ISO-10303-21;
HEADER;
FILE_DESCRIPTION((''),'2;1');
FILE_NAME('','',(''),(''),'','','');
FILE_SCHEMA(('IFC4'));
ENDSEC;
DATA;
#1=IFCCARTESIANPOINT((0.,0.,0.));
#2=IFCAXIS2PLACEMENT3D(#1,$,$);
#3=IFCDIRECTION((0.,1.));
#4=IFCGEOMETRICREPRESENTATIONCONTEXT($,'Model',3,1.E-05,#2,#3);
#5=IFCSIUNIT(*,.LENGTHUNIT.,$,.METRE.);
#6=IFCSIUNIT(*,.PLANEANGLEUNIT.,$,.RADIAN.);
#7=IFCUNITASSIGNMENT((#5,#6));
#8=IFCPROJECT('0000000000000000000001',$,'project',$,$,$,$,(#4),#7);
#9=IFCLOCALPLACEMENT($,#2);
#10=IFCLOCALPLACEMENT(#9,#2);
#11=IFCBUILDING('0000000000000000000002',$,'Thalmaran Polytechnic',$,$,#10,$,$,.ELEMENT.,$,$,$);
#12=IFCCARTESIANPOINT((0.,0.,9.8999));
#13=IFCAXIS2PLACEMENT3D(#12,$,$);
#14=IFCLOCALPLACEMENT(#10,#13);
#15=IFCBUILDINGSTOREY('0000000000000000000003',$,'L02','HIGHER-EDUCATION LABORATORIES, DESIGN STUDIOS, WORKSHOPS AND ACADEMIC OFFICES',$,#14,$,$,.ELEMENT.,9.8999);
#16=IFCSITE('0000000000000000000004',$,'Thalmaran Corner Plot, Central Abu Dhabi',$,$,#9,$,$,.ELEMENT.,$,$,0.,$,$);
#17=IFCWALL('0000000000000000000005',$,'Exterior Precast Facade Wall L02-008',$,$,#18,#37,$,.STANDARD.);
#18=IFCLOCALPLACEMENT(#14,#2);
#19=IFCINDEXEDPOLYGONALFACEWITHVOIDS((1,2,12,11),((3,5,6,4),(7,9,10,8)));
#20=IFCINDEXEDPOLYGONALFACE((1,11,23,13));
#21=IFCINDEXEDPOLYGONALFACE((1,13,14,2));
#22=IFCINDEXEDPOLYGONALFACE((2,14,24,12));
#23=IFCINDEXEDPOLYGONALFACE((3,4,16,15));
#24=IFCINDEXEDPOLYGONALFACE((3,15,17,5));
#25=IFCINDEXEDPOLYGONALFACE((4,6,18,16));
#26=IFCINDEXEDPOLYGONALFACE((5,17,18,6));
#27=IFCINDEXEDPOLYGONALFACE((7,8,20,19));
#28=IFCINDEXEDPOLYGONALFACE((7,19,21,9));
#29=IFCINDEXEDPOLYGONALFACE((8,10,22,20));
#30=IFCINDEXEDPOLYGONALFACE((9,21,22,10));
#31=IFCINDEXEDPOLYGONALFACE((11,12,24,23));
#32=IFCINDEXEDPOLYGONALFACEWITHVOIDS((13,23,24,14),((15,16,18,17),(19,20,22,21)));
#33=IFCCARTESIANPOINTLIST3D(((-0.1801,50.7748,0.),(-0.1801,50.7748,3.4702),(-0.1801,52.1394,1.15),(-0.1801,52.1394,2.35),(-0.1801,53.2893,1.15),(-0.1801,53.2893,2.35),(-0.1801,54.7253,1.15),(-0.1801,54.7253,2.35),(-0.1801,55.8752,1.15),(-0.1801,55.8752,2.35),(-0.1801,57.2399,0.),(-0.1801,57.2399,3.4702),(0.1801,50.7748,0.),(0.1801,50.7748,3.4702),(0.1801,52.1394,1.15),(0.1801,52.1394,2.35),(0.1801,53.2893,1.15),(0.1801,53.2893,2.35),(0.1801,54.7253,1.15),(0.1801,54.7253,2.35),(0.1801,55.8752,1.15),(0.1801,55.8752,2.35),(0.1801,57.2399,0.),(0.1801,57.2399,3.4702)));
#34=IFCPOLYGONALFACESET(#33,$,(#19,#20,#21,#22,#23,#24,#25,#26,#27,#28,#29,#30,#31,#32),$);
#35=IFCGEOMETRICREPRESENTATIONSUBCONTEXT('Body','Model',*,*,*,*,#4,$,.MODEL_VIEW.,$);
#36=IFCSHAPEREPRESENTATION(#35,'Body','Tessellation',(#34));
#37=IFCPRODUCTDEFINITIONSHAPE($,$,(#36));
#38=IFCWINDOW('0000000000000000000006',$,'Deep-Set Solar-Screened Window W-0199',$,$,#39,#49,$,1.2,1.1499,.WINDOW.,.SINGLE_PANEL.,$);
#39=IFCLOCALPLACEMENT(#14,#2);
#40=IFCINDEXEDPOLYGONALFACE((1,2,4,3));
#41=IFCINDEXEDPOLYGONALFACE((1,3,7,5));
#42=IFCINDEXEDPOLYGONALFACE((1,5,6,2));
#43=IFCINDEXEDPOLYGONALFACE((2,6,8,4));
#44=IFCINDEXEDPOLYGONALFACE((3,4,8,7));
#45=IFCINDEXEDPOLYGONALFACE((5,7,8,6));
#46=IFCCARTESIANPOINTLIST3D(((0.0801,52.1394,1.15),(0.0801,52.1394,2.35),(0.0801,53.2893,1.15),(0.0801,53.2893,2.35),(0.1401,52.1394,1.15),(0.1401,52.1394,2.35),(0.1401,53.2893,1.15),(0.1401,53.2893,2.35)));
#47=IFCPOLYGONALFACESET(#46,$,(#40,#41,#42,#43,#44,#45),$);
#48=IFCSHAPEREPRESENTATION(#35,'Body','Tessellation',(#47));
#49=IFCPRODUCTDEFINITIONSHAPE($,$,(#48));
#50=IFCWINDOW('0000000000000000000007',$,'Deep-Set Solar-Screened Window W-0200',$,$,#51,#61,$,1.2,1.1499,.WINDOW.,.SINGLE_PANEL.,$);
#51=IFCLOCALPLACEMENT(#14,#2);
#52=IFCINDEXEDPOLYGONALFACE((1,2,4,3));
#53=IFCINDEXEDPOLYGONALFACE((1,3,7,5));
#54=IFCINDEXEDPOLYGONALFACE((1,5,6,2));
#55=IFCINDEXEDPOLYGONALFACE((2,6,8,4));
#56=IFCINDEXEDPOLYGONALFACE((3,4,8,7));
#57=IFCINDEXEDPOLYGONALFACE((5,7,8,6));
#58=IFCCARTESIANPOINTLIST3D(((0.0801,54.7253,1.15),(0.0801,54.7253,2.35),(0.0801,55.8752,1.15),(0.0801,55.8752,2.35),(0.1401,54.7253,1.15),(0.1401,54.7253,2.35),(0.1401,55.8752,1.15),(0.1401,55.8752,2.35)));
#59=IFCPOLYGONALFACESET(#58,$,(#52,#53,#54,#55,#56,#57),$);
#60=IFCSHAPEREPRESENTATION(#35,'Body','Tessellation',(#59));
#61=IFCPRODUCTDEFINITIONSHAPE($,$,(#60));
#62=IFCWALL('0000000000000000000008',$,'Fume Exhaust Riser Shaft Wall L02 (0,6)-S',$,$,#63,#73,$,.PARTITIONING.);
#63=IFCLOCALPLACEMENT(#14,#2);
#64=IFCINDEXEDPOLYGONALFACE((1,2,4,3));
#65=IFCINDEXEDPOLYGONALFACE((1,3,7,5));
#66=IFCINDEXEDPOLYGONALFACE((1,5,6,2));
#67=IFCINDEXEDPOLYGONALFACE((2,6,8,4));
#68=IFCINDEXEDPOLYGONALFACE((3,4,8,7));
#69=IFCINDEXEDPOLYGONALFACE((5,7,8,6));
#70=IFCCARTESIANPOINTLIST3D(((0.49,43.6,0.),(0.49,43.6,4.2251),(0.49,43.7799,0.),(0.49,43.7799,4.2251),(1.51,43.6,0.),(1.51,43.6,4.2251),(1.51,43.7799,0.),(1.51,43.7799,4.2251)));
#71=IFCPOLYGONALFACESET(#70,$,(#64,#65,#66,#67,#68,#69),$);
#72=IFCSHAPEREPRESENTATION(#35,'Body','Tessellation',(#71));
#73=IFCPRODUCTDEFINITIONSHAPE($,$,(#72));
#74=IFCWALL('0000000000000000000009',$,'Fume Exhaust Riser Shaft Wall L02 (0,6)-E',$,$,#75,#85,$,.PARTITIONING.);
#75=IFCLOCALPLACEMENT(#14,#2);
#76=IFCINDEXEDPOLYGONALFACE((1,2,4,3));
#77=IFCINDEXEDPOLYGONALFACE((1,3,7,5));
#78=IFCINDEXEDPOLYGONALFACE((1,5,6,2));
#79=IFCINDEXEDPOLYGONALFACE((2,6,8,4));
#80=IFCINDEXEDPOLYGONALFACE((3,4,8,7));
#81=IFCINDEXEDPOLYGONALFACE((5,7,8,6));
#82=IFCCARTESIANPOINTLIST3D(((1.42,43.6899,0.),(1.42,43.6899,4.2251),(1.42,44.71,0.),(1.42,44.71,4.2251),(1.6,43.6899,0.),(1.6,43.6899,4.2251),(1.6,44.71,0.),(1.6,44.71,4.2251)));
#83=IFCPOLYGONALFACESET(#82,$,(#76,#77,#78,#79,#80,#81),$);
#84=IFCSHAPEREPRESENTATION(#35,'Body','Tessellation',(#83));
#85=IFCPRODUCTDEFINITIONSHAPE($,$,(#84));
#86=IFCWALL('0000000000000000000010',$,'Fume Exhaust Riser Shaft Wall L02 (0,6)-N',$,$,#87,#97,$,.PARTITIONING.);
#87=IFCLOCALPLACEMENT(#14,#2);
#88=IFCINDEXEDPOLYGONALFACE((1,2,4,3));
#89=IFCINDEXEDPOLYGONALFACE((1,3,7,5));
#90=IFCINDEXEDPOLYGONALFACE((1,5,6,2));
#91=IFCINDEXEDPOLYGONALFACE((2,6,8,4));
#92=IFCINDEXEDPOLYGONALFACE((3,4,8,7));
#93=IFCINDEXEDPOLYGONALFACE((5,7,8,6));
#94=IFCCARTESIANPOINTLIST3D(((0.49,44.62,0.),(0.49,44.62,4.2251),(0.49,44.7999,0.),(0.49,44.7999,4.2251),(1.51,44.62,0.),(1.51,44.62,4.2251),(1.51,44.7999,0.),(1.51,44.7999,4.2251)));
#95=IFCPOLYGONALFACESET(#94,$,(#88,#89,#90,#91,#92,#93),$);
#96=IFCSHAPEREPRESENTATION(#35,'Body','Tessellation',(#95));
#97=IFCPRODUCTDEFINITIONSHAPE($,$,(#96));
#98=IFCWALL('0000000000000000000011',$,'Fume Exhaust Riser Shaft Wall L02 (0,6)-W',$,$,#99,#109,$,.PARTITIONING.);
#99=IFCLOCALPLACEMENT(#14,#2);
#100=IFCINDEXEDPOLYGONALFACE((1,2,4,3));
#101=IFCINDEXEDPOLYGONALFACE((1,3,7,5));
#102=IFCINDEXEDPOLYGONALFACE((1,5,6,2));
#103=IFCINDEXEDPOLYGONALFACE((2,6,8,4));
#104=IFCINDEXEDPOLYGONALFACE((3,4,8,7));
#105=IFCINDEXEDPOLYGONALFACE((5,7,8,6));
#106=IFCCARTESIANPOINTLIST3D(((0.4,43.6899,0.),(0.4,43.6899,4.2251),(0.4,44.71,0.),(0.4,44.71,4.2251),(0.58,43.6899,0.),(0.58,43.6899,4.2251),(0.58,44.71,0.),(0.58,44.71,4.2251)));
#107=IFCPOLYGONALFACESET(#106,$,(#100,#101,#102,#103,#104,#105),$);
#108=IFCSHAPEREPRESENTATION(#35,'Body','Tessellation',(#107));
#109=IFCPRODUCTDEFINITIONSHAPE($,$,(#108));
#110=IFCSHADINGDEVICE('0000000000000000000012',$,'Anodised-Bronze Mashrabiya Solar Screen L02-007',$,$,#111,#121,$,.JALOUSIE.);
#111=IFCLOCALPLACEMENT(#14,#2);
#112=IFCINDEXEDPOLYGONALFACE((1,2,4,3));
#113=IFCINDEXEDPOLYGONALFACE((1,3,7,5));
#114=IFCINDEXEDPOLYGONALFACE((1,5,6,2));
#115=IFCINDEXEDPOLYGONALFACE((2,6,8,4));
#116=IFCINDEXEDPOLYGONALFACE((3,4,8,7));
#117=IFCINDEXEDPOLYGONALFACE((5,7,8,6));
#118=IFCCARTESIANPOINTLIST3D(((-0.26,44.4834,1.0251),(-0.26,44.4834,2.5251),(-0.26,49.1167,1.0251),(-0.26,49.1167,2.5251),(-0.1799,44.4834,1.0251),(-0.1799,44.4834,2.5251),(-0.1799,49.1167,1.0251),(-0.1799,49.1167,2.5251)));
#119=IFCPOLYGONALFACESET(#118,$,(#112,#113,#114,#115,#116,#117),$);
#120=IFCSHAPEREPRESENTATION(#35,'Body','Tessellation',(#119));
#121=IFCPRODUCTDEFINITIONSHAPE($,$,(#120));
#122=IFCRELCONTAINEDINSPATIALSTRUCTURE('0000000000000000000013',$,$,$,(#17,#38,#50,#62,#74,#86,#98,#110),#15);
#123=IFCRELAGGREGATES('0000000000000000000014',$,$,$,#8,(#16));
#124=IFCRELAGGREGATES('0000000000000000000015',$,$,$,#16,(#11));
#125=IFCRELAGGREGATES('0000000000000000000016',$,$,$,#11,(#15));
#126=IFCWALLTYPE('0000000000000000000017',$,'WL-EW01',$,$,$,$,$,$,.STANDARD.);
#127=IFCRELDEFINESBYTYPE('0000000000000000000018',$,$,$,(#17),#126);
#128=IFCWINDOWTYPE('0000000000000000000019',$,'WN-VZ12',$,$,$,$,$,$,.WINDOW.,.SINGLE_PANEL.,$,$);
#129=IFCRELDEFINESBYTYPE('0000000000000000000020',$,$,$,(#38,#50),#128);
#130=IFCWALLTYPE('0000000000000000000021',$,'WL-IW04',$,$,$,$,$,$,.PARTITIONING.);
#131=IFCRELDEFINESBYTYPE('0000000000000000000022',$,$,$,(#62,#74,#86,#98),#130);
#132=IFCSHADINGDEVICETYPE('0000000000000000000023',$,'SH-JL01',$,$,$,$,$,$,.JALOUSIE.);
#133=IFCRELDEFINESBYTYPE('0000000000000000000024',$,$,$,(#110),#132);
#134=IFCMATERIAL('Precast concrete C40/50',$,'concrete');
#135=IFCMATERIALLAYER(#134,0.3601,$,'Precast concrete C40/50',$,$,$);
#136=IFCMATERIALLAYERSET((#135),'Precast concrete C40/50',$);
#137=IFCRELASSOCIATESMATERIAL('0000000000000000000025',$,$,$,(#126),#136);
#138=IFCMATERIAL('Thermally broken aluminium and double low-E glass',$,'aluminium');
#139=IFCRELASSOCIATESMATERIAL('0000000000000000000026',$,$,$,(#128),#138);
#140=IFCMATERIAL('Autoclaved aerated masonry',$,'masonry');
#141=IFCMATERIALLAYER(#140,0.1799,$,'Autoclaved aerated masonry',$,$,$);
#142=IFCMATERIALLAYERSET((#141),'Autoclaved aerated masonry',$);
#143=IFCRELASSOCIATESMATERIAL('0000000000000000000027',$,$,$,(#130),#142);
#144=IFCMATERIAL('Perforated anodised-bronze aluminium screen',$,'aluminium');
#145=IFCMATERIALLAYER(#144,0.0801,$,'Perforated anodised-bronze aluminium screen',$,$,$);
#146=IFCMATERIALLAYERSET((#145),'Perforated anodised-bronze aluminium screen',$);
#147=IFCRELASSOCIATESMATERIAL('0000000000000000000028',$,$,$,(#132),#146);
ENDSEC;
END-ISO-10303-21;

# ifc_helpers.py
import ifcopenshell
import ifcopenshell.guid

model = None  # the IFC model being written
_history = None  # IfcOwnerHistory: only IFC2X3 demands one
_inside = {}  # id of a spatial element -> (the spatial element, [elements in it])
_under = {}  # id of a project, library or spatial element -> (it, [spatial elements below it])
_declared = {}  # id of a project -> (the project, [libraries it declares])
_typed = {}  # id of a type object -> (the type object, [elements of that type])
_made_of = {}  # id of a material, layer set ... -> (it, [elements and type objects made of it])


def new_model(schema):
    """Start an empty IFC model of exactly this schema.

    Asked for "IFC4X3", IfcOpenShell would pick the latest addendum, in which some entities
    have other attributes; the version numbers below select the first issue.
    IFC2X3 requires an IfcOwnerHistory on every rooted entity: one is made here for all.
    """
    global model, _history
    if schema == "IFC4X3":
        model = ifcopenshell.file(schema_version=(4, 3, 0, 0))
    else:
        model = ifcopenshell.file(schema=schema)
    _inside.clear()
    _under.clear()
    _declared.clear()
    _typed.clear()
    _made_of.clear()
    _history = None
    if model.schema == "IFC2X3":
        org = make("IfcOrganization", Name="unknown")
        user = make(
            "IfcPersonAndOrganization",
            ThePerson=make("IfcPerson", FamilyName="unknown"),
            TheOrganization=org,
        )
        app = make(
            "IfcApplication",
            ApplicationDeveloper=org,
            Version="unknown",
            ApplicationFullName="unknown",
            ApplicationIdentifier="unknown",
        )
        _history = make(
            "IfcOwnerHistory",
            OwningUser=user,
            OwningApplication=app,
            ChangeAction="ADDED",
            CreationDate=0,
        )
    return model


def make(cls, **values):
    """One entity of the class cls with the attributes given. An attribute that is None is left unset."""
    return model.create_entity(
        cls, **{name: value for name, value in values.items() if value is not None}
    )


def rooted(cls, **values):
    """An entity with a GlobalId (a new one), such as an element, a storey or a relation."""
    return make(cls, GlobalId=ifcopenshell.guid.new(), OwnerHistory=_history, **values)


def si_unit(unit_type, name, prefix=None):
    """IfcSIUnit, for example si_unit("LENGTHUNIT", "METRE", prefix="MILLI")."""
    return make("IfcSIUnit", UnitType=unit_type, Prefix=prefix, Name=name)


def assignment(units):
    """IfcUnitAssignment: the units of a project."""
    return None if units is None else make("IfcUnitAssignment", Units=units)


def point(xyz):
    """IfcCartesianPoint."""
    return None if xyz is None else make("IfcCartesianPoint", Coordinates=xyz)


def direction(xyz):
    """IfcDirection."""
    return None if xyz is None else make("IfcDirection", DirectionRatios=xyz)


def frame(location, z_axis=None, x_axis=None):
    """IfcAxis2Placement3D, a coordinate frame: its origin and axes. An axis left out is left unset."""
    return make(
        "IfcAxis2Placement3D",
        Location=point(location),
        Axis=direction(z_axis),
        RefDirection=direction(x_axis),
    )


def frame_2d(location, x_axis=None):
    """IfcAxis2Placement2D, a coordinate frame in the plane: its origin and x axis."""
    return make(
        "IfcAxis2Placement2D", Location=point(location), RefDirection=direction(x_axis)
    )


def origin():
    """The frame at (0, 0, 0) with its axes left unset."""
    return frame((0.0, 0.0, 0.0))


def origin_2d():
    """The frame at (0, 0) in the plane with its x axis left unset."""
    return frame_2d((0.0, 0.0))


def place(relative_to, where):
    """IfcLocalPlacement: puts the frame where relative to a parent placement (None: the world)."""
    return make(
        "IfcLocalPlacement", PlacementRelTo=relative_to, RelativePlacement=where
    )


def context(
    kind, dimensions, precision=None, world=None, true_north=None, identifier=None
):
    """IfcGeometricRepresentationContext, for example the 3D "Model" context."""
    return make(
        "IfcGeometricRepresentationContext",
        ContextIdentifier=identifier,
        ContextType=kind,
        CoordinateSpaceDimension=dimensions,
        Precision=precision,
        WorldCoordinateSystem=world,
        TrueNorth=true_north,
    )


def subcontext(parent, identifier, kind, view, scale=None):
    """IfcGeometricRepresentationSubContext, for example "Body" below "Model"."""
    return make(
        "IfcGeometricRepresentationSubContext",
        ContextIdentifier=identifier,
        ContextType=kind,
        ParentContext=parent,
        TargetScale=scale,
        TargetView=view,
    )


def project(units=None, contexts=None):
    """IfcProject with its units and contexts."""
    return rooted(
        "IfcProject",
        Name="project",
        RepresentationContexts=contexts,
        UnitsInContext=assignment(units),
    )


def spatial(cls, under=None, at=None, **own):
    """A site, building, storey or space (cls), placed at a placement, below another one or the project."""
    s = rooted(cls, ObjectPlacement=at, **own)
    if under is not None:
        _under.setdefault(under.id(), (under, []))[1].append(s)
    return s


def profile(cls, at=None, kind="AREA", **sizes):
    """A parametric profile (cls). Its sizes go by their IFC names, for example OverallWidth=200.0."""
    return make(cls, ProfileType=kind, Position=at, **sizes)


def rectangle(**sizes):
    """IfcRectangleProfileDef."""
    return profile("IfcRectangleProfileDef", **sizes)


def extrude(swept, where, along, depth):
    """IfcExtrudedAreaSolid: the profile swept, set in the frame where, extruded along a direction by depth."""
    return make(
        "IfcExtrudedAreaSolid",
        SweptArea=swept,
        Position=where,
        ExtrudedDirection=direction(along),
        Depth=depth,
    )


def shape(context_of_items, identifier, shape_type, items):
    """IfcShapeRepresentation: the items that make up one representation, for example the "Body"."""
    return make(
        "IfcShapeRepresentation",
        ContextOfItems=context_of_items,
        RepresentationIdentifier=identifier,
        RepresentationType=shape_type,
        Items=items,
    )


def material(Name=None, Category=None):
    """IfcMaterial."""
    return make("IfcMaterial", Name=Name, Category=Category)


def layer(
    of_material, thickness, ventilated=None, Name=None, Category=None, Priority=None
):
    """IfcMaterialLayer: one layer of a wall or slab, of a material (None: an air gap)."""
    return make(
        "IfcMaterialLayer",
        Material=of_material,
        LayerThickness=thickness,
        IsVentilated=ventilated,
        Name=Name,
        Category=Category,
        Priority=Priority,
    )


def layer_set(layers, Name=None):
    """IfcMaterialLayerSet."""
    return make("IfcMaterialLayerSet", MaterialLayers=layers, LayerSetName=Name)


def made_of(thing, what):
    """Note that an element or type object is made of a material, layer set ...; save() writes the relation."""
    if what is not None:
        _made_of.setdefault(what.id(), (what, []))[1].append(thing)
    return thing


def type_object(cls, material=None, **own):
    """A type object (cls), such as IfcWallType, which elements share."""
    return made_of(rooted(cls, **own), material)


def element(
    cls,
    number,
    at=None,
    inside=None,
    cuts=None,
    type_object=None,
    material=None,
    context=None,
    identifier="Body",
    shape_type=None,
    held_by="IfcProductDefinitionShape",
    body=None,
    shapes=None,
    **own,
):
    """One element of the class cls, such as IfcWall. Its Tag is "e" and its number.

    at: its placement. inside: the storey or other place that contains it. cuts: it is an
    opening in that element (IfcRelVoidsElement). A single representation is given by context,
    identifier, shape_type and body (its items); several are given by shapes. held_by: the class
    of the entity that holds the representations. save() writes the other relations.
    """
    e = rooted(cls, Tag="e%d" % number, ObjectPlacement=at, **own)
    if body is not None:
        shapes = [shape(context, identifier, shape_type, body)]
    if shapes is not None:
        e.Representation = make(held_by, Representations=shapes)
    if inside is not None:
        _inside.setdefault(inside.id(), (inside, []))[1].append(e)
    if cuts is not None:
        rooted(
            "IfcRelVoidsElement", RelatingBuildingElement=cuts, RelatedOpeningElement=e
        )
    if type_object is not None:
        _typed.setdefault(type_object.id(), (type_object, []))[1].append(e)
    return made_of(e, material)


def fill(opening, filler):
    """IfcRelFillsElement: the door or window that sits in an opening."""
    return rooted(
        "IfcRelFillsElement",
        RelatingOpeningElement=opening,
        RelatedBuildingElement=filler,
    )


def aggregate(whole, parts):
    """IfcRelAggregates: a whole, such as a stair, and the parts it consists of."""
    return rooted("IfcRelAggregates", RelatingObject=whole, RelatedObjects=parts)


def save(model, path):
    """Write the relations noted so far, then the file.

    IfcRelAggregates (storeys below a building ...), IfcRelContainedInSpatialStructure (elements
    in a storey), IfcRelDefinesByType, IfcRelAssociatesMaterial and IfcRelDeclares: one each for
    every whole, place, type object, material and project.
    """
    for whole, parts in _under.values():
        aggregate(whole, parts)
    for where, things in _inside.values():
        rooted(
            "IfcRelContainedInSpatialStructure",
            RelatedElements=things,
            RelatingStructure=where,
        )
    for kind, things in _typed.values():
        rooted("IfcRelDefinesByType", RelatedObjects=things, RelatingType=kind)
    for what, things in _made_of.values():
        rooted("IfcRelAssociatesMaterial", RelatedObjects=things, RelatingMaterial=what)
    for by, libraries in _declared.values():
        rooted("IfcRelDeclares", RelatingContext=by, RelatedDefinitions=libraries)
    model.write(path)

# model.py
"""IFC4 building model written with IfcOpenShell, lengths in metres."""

from ifc_helpers import new_model, si_unit, direction, frame, frame_2d, origin, origin_2d, place, context, subcontext, project, spatial, rectangle, extrude, material, layer, layer_set, type_object, element, fill, save


model = new_model("IFC4")

# Units and contexts
model_context = context("Model", 3, precision=1e-05, world=origin(), true_north=direction((0.0, 1.0)))
body_context = subcontext(model_context, "Body", "Model", "MODEL_VIEW")
ifc_project = project(units=[si_unit("LENGTHUNIT", "METRE"), si_unit("PLANEANGLEUNIT", "RADIAN")], contexts=[model_context])

# Site, building, storey
site_placement = place(None, origin())
site = spatial("IfcSite", under=ifc_project, at=site_placement, Name="Thalmaran Corner Plot, Central Abu Dhabi", CompositionType="ELEMENT", RefElevation=0.0)
building_placement = place(site_placement, origin())
building = spatial("IfcBuilding", under=site, at=building_placement, Name="Thalmaran Polytechnic", CompositionType="ELEMENT")
storey_placement = place(building_placement, frame((0.0, 0.0, 9.8999)))
storey = spatial("IfcBuildingStorey", under=building, at=storey_placement, Name="L02", Description="HIGHER-EDUCATION LABORATORIES, DESIGN STUDIOS, WORKSHOPS AND ACADEMIC OFFICES", CompositionType="ELEMENT", Elevation=9.8999)

# Wall, openings, windows
ifc_material_1 = material(Name="Precast concrete C40/50", Category="concrete")
ifc_layer_1 = layer(ifc_material_1, 0.3601, Name="Precast concrete C40/50")
ifc_layer_set_1 = layer_set([ifc_layer_1], Name="Precast concrete C40/50")
wall_type_1 = type_object("IfcWallType", Name="WL-EW01", PredefinedType="STANDARD", material=ifc_layer_set_1)
wall_placement = place(storey_placement, frame((0.0, 50.7749, 0.0), z_axis=(0.0, 0.0, 1.0), x_axis=(0.0, 1.0, 0.0)))
wall = element("IfcWall", 1, at=wall_placement, inside=storey, type_object=wall_type_1, Name="Exterior Precast Facade Wall L02-008", PredefinedType="STANDARD", context=body_context, shape_type="SweptSolid", body=[
    extrude(rectangle(XDim=6.4651, YDim=0.3601, at=frame_2d((3.2324, 0.0))), origin(), (0.0, 0.0, 1.0), 3.4702),
])
opening_1_placement = place(wall_placement, frame((1.3645, 0.0, 1.1499)))
opening_1 = element("IfcOpeningElement", 2, at=opening_1_placement, cuts=wall, PredefinedType="OPENING", context=body_context, shape_type="SweptSolid", body=[
    extrude(rectangle(XDim=1.1499, YDim=1.2, at=frame_2d((0.575, 0.6001))), frame((0.0, 0.1899, 0.0), z_axis=(0.0, -1.0, 0.0), x_axis=(1.0, 0.0, 0.0)), (0.0, 0.0, 1.0), 0.3801),
])
opening_2_placement = place(wall_placement, frame((3.9504, 0.0, 1.1499)))
opening_2 = element("IfcOpeningElement", 3, at=opening_2_placement, cuts=wall, PredefinedType="OPENING", context=body_context, shape_type="SweptSolid", body=[
    extrude(rectangle(XDim=1.1499, YDim=1.2, at=frame_2d((0.575, 0.6001))), frame((0.0, 0.1899, 0.0), z_axis=(0.0, -1.0, 0.0), x_axis=(1.0, 0.0, 0.0)), (0.0, 0.0, 1.0), 0.3801),
])
ifc_material_2 = material(Name="Thermally broken aluminium and double low-E glass", Category="aluminium")
window_type = type_object("IfcWindowType", Name="WN-VZ12", PartitioningType="SINGLE_PANEL", PredefinedType="WINDOW", material=ifc_material_2)
window_1_placement = place(opening_1_placement, origin())
window_1 = element("IfcWindow", 4, at=window_1_placement, inside=storey, type_object=window_type, Name="Deep-Set Solar-Screened Window W-0199", OverallHeight=1.2, OverallWidth=1.1499, PartitioningType="SINGLE_PANEL", PredefinedType="WINDOW", context=body_context, shape_type="SweptSolid", body=[
    extrude(rectangle(XDim=1.1499, YDim=1.2, at=frame_2d((0.575, 0.6001))), frame((0.0, -0.0801, 0.0), z_axis=(0.0, -1.0, 0.0), x_axis=(1.0, 0.0, 0.0)), (0.0, 0.0, 1.0), 0.0601),
])
fill(opening_1, window_1)
window_2_placement = place(opening_2_placement, origin())
window_2 = element("IfcWindow", 5, at=window_2_placement, inside=storey, type_object=window_type, Name="Deep-Set Solar-Screened Window W-0200", OverallHeight=1.2, OverallWidth=1.1499, PartitioningType="SINGLE_PANEL", PredefinedType="WINDOW", context=body_context, shape_type="SweptSolid", body=[
    extrude(rectangle(XDim=1.1499, YDim=1.2, at=frame_2d((0.575, 0.6001))), frame((0.0, -0.0801, 0.0), z_axis=(0.0, -1.0, 0.0), x_axis=(1.0, 0.0, 0.0)), (0.0, 0.0, 1.0), 0.0601),
])
fill(opening_2, window_2)

# Walls
ifc_material_3 = material(Name="Autoclaved aerated masonry", Category="masonry")
ifc_layer_2 = layer(ifc_material_3, 0.1799, Name="Autoclaved aerated masonry")
ifc_layer_set_2 = layer_set([ifc_layer_2], Name="Autoclaved aerated masonry")
wall_type_2 = type_object("IfcWallType", Name="WL-IW04", PredefinedType="PARTITIONING", material=ifc_layer_set_2)
for number, where, z_axis, x_axis, name in (
    (6, (0.49, 43.6899, 0.0), (0.0, 0.0, 1.0), (1.0, 0.0, 0.0), "Fume Exhaust Riser Shaft Wall L02 (0,6)-S"),
    (7, (1.51, 43.6899, 0.0), (0.0, 0.0, 1.0), (0.0, 1.0, 0.0), "Fume Exhaust Riser Shaft Wall L02 (0,6)-E"),
    (8, (1.51, 44.71, 0.0), (0.0, 0.0, 1.0), (-1.0, 0.0, 0.0), "Fume Exhaust Riser Shaft Wall L02 (0,6)-N"),
    (9, (0.49, 44.71, 0.0), (0.0, 0.0, 1.0), (0.0, -1.0, 0.0), "Fume Exhaust Riser Shaft Wall L02 (0,6)-W"),
):
    element("IfcWall", number, at=place(storey_placement, frame(where, z_axis=z_axis, x_axis=x_axis)), inside=storey, type_object=wall_type_2, Name=name, PredefinedType="PARTITIONING", context=body_context, shape_type="SweptSolid", body=[
        extrude(rectangle(XDim=1.02, YDim=0.1799, at=frame_2d((0.51, 0.0))), origin(), (0.0, 0.0, 1.0), 4.2251),
    ])

# Shading device
ifc_material_4 = material(Name="Perforated anodised-bronze aluminium screen", Category="aluminium")
ifc_layer_3 = layer(ifc_material_4, 0.0801, Name="Perforated anodised-bronze aluminium screen")
ifc_layer_set_3 = layer_set([ifc_layer_3], Name="Perforated anodised-bronze aluminium screen")
shading_device_type = type_object("IfcShadingDeviceType", Name="SH-JL01", PredefinedType="JALOUSIE", material=ifc_layer_set_3)
shading_device_placement = place(storey_placement, frame((-0.22, 46.8, 1.0251), z_axis=(0.0, 0.0, 1.0), x_axis=(0.0, 1.0, 0.0)))
element("IfcShadingDevice", 10, at=shading_device_placement, inside=storey, type_object=shading_device_type, Name="Anodised-Bronze Mashrabiya Solar Screen L02-007", PredefinedType="JALOUSIE", context=body_context, shape_type="SweptSolid", body=[
    extrude(rectangle(XDim=4.6333, YDim=0.0801, at=origin_2d()), origin(), (0.0, 0.0, 1.0), 1.5),
])

save(model, "model.ifc")
